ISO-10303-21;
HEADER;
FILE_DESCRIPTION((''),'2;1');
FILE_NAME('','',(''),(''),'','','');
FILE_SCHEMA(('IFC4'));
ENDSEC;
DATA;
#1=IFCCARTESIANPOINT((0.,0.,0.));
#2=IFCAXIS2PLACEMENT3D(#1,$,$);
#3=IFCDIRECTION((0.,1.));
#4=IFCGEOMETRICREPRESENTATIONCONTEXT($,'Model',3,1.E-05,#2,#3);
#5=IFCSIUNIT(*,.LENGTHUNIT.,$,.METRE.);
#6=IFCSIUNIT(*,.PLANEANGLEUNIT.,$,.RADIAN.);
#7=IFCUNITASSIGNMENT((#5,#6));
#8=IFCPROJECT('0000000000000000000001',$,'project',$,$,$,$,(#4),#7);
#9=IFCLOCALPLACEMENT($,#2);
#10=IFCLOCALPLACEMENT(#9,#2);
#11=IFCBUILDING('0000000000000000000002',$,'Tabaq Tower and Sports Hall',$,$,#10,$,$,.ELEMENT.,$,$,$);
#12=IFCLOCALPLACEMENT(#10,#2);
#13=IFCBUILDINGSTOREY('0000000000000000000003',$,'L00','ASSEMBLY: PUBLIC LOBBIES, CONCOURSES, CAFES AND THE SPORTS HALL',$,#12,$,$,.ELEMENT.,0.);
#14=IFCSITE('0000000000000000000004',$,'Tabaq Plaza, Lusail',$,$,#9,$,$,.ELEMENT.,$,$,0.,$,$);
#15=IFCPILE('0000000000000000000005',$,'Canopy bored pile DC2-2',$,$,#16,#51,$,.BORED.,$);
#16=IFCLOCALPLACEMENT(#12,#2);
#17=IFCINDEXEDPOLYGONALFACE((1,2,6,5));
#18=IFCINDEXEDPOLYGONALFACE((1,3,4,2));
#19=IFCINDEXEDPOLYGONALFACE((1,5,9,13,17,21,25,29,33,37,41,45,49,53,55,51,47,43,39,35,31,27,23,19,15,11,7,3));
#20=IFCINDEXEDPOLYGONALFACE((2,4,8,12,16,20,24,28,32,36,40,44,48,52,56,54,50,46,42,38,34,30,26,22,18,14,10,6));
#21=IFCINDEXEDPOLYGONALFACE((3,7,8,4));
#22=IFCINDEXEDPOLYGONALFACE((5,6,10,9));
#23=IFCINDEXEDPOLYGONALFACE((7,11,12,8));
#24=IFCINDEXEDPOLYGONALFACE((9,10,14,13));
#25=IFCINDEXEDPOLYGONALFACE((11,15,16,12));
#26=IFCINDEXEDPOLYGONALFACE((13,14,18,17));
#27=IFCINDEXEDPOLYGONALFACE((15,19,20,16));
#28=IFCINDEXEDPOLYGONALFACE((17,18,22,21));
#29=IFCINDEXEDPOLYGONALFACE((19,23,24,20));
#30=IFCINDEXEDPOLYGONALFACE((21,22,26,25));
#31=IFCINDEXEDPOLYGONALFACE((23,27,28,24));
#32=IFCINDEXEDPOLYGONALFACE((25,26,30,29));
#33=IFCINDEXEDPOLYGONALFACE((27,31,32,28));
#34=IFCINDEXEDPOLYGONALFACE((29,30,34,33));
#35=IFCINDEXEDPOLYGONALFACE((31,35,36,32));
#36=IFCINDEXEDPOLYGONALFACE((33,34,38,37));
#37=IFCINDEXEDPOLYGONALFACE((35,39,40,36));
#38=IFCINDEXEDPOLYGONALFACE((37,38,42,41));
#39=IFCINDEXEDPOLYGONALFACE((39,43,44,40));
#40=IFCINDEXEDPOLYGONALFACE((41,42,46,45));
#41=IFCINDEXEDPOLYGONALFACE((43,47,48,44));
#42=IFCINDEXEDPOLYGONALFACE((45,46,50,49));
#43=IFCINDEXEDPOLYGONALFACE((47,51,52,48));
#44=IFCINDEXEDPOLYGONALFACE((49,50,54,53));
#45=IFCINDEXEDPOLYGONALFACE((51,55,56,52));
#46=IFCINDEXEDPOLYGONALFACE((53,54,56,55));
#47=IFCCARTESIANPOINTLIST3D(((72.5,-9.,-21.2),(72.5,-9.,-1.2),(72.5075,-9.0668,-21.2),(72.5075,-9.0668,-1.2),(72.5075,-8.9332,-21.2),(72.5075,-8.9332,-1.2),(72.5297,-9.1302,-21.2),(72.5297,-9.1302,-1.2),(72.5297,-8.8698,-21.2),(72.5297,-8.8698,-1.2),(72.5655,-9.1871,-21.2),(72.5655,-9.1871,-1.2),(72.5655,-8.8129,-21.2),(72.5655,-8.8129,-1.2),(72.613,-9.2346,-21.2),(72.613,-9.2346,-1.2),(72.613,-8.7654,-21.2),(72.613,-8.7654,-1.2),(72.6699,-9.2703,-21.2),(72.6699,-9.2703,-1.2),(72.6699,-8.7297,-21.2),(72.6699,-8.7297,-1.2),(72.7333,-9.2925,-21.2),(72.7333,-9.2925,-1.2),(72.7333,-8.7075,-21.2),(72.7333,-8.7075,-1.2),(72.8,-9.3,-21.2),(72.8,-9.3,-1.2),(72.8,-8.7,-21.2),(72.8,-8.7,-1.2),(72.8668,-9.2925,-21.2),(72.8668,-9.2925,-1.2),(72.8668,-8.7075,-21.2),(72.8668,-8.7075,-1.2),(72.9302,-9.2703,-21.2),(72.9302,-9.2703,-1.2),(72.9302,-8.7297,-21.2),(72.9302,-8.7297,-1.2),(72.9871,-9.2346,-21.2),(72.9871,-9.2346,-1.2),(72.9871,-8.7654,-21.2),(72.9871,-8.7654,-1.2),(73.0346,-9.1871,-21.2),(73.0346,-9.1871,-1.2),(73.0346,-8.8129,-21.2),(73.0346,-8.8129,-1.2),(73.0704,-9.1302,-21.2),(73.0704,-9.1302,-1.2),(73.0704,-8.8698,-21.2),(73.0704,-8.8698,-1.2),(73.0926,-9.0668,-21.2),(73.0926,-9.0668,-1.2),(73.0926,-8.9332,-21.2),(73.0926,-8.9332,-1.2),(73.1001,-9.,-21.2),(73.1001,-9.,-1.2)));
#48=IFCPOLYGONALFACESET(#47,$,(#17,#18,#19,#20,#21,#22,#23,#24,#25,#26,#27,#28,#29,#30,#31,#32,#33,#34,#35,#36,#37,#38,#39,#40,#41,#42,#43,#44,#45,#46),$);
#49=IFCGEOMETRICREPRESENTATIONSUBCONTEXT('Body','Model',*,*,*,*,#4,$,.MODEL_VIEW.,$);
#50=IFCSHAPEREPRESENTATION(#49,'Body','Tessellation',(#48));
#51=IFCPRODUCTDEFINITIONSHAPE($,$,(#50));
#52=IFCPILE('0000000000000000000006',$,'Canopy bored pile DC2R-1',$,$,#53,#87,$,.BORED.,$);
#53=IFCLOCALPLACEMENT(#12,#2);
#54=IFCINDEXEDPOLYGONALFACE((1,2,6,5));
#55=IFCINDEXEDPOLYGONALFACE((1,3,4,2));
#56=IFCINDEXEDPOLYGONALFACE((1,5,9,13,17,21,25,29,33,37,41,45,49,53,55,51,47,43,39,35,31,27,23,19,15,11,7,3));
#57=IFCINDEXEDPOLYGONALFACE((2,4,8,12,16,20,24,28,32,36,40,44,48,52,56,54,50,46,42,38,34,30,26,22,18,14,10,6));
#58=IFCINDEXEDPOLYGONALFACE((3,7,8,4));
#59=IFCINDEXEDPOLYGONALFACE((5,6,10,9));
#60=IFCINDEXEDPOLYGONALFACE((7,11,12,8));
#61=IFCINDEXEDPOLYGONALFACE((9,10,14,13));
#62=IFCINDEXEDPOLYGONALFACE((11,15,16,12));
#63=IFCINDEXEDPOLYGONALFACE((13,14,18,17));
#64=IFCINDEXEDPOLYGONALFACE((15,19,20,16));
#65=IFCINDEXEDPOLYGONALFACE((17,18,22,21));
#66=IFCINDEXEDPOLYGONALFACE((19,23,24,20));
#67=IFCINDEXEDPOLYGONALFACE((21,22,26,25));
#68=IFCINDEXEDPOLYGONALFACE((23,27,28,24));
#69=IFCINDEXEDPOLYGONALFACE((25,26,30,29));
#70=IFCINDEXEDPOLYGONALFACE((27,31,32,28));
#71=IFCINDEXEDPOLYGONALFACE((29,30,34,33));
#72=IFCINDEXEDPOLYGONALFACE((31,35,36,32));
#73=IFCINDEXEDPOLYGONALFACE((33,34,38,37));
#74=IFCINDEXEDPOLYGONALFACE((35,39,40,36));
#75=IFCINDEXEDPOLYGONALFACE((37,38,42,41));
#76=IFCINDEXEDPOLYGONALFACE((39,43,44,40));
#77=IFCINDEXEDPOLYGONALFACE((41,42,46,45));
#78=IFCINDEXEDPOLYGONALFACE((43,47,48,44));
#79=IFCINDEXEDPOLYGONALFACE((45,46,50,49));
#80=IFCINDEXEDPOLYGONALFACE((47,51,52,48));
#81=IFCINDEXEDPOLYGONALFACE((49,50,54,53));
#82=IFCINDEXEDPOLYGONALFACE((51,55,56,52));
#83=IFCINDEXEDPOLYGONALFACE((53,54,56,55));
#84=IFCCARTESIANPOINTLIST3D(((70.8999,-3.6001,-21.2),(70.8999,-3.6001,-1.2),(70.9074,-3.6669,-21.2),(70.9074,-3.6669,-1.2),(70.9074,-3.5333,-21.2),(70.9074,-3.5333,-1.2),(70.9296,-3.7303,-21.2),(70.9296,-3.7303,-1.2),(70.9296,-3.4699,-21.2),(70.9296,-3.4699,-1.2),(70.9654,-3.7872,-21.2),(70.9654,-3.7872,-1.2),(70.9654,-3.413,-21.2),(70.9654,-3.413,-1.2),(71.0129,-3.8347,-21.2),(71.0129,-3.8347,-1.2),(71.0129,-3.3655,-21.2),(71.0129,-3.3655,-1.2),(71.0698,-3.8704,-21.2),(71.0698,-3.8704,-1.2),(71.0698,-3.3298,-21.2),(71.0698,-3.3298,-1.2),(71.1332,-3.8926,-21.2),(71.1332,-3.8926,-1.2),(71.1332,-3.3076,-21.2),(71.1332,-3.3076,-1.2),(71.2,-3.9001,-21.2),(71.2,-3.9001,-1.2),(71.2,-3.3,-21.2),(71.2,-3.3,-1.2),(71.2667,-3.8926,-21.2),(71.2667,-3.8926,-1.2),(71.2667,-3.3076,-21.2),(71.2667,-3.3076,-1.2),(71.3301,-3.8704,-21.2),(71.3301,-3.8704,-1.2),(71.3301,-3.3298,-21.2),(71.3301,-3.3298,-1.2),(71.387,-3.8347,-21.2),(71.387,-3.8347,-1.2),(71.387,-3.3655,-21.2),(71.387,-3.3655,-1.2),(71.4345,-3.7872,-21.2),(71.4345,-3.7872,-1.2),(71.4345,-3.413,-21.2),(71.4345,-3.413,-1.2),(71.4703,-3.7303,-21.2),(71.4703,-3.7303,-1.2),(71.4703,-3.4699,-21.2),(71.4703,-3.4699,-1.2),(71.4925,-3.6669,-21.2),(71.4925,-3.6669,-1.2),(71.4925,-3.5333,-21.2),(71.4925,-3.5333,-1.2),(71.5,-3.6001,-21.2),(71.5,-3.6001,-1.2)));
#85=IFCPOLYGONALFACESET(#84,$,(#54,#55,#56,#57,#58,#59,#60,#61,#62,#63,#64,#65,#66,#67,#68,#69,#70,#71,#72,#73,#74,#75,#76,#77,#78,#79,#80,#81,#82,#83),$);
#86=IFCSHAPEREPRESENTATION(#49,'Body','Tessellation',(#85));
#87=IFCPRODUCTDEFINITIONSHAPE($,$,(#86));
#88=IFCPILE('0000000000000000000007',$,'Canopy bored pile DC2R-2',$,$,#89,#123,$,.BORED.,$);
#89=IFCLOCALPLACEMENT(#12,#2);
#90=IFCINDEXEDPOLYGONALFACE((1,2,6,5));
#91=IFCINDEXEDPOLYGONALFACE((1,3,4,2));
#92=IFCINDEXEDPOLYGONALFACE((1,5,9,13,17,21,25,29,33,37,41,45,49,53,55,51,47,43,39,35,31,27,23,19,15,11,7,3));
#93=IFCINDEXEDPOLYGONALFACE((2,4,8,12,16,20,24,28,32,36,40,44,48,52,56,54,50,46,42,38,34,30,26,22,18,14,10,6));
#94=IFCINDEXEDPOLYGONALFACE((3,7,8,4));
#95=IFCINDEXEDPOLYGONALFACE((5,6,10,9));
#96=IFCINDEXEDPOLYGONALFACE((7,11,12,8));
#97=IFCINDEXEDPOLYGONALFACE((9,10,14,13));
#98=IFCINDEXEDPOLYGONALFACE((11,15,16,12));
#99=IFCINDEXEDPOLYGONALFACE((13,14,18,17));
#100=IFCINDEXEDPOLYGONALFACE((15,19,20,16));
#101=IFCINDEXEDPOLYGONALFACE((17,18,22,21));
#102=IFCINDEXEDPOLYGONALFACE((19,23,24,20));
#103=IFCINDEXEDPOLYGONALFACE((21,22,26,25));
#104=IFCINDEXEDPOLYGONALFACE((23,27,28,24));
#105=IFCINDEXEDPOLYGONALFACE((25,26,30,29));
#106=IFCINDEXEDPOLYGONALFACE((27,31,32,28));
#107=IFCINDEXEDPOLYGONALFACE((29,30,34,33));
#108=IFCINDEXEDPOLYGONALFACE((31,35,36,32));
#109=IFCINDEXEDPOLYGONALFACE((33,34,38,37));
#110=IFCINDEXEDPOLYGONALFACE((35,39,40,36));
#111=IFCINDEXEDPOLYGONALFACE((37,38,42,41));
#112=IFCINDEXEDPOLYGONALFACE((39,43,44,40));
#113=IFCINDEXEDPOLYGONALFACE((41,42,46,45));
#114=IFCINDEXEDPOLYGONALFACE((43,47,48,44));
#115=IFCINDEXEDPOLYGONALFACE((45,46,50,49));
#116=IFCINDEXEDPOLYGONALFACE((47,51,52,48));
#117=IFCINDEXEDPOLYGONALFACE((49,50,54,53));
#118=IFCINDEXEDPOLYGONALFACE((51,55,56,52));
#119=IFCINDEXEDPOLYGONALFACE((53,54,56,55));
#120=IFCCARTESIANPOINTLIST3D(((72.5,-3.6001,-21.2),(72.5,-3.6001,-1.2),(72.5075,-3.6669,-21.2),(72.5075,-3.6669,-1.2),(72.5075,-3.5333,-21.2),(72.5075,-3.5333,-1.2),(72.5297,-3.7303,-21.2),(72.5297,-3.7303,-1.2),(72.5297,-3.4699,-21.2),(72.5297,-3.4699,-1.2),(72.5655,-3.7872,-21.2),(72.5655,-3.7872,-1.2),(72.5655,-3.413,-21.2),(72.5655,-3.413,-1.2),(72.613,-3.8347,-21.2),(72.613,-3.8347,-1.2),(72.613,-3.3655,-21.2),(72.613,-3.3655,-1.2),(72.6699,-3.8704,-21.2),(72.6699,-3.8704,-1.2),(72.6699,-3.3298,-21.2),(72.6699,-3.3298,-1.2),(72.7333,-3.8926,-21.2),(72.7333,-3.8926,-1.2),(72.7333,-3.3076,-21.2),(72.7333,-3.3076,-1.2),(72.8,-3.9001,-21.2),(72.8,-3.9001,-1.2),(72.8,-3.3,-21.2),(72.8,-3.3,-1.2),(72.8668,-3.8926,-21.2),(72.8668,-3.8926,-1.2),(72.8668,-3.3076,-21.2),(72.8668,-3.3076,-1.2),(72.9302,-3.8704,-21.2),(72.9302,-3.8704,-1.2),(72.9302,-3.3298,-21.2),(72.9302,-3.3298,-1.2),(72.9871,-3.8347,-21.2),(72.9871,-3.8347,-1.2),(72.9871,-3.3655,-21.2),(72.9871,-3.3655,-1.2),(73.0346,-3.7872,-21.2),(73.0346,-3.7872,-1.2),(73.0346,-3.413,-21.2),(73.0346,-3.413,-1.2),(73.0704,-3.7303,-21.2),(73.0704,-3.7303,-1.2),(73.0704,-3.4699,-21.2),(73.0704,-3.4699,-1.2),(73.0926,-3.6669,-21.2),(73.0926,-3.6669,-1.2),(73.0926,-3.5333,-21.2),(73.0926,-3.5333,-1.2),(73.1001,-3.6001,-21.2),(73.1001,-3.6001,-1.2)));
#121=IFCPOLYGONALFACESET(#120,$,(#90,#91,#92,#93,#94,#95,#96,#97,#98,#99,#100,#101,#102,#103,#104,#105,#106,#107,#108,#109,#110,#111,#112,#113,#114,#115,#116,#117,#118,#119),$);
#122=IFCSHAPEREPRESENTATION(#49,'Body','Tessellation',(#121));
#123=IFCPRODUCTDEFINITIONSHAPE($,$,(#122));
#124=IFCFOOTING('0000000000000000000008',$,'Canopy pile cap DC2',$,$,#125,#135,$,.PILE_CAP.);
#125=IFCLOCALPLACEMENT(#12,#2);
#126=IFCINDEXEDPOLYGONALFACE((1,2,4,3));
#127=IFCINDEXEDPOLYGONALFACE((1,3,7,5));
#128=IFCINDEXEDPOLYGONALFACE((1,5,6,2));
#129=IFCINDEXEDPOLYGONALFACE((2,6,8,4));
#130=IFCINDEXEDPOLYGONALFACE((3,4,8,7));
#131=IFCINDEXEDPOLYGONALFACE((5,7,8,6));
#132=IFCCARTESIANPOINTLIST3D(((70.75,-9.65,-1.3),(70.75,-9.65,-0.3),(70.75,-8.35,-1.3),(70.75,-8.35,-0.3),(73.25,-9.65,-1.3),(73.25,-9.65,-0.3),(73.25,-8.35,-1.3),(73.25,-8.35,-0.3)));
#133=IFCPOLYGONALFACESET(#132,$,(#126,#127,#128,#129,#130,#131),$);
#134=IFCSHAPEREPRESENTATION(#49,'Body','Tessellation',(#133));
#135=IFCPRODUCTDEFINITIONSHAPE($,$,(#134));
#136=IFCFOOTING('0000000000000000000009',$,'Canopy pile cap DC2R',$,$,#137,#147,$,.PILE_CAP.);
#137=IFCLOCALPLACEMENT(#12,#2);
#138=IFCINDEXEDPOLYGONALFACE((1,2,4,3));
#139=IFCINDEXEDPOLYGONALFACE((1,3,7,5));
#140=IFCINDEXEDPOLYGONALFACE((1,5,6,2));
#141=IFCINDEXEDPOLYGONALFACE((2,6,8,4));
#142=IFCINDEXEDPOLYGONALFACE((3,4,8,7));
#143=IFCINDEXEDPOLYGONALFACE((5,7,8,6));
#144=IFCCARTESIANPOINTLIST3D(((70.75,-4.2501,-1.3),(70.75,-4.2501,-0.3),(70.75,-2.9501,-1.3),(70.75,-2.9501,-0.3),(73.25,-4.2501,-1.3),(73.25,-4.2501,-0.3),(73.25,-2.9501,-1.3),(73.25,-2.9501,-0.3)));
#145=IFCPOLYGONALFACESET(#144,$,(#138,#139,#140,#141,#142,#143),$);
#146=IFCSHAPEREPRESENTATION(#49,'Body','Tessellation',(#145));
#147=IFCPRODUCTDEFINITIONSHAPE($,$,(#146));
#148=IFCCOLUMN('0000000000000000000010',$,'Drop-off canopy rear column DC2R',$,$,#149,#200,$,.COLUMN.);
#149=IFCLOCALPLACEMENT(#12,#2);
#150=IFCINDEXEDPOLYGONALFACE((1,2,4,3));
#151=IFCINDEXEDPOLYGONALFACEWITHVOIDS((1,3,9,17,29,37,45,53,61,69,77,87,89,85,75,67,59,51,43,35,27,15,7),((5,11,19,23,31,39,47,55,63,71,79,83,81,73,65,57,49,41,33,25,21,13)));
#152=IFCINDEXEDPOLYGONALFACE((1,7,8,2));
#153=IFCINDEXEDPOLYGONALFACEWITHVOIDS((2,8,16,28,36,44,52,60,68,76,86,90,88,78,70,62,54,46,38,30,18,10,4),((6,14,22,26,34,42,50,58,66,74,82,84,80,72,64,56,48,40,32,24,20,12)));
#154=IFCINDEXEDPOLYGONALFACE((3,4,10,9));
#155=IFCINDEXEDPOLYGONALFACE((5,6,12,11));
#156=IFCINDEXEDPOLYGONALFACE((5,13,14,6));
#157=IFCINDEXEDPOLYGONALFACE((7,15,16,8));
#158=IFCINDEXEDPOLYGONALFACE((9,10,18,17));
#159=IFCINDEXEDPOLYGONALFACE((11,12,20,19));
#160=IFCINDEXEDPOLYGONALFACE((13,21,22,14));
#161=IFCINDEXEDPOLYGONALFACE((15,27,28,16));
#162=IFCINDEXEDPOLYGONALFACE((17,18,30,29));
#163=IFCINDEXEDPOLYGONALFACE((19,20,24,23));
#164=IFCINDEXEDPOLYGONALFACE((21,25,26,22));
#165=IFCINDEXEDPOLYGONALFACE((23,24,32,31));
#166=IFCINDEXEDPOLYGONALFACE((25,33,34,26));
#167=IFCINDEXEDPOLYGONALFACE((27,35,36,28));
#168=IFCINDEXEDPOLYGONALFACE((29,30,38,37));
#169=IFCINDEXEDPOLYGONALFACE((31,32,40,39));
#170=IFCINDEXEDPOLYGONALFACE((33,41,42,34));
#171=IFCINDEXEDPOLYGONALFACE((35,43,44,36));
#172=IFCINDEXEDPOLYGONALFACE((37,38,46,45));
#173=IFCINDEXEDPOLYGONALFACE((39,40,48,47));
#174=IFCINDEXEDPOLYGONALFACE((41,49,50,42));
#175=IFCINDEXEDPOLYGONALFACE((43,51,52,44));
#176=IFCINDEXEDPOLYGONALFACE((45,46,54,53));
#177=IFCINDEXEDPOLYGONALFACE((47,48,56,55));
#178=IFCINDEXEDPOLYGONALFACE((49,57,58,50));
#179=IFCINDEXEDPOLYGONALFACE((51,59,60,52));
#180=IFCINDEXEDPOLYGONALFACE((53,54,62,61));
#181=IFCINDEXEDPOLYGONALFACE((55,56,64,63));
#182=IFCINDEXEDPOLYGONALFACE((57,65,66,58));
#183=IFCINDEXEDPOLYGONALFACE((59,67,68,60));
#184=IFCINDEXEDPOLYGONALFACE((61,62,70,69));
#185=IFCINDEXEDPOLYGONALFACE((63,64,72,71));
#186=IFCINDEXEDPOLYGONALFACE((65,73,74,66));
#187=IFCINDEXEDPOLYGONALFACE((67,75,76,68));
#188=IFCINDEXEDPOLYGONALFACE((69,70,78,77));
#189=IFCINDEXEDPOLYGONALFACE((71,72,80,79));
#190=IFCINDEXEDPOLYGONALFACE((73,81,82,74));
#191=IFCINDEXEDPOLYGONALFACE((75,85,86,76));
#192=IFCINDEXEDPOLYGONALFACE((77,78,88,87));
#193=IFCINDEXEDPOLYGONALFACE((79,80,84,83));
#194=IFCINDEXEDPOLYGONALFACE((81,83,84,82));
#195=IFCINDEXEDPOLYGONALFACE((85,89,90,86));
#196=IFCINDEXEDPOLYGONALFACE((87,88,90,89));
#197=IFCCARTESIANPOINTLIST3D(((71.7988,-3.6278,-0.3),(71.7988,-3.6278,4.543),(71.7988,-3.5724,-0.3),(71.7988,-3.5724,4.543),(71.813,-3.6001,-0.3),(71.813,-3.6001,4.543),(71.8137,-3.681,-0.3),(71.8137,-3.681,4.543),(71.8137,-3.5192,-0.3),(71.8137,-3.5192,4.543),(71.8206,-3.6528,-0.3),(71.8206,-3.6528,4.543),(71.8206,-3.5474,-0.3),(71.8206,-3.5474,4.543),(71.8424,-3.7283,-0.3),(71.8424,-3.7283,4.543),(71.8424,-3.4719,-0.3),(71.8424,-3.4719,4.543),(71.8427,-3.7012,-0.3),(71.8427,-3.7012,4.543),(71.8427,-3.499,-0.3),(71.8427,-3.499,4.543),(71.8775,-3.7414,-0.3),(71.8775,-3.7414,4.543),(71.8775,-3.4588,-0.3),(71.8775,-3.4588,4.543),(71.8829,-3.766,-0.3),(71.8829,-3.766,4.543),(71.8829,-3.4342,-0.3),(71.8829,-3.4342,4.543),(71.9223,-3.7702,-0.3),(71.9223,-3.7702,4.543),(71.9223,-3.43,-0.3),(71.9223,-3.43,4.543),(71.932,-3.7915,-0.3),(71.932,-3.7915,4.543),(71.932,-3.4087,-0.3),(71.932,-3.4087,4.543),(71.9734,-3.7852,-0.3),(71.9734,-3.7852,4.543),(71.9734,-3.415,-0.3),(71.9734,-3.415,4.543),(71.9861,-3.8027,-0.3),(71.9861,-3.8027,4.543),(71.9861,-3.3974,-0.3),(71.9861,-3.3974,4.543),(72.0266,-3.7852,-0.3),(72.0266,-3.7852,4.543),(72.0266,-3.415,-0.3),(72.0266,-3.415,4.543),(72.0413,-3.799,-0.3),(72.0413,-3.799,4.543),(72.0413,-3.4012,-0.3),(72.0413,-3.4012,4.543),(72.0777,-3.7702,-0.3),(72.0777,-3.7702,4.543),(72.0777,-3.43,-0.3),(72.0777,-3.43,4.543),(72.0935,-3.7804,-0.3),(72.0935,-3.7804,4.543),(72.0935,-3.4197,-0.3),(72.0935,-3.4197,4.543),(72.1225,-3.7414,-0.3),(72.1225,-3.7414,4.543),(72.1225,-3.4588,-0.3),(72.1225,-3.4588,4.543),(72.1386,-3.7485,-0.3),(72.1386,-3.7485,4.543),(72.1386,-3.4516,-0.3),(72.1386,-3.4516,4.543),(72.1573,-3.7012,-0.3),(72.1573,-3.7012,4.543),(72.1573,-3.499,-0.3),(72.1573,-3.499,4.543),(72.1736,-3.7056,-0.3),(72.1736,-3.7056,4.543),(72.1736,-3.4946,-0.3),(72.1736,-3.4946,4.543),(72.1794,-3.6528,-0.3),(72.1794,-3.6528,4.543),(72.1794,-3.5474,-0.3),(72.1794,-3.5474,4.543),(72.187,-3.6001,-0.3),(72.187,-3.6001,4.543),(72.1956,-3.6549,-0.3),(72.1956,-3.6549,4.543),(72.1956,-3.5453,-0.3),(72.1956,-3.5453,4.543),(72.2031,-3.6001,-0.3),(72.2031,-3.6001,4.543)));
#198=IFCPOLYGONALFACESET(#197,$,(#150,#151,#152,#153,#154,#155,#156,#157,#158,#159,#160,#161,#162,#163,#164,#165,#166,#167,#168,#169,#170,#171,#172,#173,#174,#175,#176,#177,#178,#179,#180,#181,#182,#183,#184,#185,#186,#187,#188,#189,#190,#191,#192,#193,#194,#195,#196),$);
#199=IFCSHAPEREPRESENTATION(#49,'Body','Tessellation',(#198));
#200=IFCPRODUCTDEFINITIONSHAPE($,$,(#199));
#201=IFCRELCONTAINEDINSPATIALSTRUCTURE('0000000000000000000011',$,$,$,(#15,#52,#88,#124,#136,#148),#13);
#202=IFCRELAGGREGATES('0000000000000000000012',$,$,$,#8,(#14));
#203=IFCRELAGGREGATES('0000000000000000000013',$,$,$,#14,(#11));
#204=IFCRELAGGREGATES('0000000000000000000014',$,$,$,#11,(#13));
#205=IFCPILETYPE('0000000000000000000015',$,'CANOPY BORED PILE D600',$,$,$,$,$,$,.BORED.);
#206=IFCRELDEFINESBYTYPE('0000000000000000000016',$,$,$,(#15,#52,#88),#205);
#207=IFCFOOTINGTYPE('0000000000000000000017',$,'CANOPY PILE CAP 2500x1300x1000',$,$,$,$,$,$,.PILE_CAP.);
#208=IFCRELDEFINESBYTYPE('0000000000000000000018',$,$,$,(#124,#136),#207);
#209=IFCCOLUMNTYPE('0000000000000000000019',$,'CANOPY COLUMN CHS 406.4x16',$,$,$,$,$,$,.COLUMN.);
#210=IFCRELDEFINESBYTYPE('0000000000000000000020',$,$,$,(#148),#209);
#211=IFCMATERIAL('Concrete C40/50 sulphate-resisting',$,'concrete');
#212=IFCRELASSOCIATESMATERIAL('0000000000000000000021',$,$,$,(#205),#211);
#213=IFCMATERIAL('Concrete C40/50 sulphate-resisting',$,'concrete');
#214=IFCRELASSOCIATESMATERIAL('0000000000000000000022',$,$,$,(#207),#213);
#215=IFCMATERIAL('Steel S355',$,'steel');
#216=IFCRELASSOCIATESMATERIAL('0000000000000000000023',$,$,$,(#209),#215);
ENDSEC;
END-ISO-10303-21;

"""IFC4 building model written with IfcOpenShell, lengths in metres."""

from ifc_helpers import new_model, si_unit, direction, frame, origin, origin_2d, place, context, subcontext, project, spatial, rectangle, circle, hollow_circle, extrude, material, material_profile, profile_set, type_object, element, save


model = new_model("IFC4")

# Units and contexts
model_context = context("Model", 3, precision=1e-05, world=origin(), true_north=direction((0.0, 1.0)))
body_context = subcontext(model_context, "Body", "Model", "MODEL_VIEW")
ifc_project = project(units=[si_unit("LENGTHUNIT", "METRE"), si_unit("PLANEANGLEUNIT", "RADIAN")], contexts=[model_context])

# Site, building, storey
site_placement = place(None, origin())
site = spatial("IfcSite", under=ifc_project, at=site_placement, Name="Tabaq Plaza, Lusail", CompositionType="ELEMENT", RefElevation=0.0)
building_placement = place(site_placement, origin())
building = spatial("IfcBuilding", under=site, at=building_placement, Name="Tabaq Tower and Sports Hall", CompositionType="ELEMENT")
storey_placement = place(building_placement, origin())
storey = spatial("IfcBuildingStorey", under=building, at=storey_placement, Name="L00", Description="ASSEMBLY: PUBLIC LOBBIES, CONCOURSES, CAFES AND THE SPORTS HALL", CompositionType="ELEMENT", Elevation=0.0)

# Piles
ifc_material_1 = material(Name="Concrete C40/50 sulphate-resisting", Category="concrete")
ifc_material_profile_1 = material_profile(ifc_material_1, circle(Radius=0.3, at=origin_2d()), Name="D600")
ifc_profile_set_1 = profile_set([ifc_material_profile_1], Name="Concrete C40/50 sulphate-resisting")
pile_type = type_object("IfcPileType", Name="CANOPY BORED PILE D600", PredefinedType="BORED", material=ifc_profile_set_1)
for number, where, z_axis, x_axis, name in (
    (1, (72.8, -9.0, -1.2), (0.0, 0.0, -1.0), (1.0, 0.0, 0.0), "Canopy bored pile DC2-2"),
    (2, (71.2, -3.6001, -1.2), (0.0, 0.0, -1.0), (1.0, 0.0, 0.0), "Canopy bored pile DC2R-1"),
    (3, (72.8, -3.6001, -1.2), (0.0, 0.0, -1.0), (1.0, 0.0, 0.0), "Canopy bored pile DC2R-2"),
):
    element("IfcPile", number, at=place(storey_placement, frame(where, z_axis=z_axis, x_axis=x_axis)), inside=storey, type_object=pile_type, Name=name, PredefinedType="BORED", context=body_context, shape_type="SweptSolid", body=[
        extrude(circle(Radius=0.3, at=origin_2d()), origin(), (0.0, 0.0, 1.0), 20.0),
    ])

# Footings
ifc_material_2 = material(Name="Concrete C40/50 sulphate-resisting", Category="concrete")
footing_type = type_object("IfcFootingType", Name="CANOPY PILE CAP 2500x1300x1000", PredefinedType="PILE_CAP", material=ifc_material_2)
for number, where, z_axis, x_axis, name in (
    (4, (72.0, -9.0, -1.3), (0.0, 0.0, 1.0), (1.0, 0.0, 0.0), "Canopy pile cap DC2"),
    (5, (72.0, -3.6001, -1.3), (0.0, 0.0, 1.0), (1.0, 0.0, 0.0), "Canopy pile cap DC2R"),
):
    element("IfcFooting", number, at=place(storey_placement, frame(where, z_axis=z_axis, x_axis=x_axis)), inside=storey, type_object=footing_type, Name=name, PredefinedType="PILE_CAP", context=body_context, shape_type="SweptSolid", body=[
        extrude(rectangle(XDim=2.5, YDim=1.3, at=origin_2d()), origin(), (0.0, 0.0, 1.0), 1.0),
    ])

# Column
ifc_material_3 = material(Name="Steel S355", Category="steel")
ifc_material_profile_2 = material_profile(ifc_material_3, hollow_circle(Radius=0.2031, WallThickness=0.0161, at=origin_2d()), Name="CHS 406.4x16")
ifc_profile_set_2 = profile_set([ifc_material_profile_2], Name="Steel S355")
column_type = type_object("IfcColumnType", Name="CANOPY COLUMN CHS 406.4x16", PredefinedType="COLUMN", material=ifc_profile_set_2)
for number, where, z_axis, x_axis, name in (
    (6, (72.0, -3.6001, -0.3), (0.0, 0.0, 1.0), (1.0, 0.0, 0.0), "Drop-off canopy rear column DC2R"),
):
    element("IfcColumn", number, at=place(storey_placement, frame(where, z_axis=z_axis, x_axis=x_axis)), inside=storey, type_object=column_type, Name=name, PredefinedType="COLUMN", context=body_context, shape_type="SweptSolid", body=[
        extrude(hollow_circle(Radius=0.2031, WallThickness=0.0161, at=origin_2d()), origin(), (0.0, 0.0, 1.0), 4.843),
    ])

save(model, "model.ifc")
